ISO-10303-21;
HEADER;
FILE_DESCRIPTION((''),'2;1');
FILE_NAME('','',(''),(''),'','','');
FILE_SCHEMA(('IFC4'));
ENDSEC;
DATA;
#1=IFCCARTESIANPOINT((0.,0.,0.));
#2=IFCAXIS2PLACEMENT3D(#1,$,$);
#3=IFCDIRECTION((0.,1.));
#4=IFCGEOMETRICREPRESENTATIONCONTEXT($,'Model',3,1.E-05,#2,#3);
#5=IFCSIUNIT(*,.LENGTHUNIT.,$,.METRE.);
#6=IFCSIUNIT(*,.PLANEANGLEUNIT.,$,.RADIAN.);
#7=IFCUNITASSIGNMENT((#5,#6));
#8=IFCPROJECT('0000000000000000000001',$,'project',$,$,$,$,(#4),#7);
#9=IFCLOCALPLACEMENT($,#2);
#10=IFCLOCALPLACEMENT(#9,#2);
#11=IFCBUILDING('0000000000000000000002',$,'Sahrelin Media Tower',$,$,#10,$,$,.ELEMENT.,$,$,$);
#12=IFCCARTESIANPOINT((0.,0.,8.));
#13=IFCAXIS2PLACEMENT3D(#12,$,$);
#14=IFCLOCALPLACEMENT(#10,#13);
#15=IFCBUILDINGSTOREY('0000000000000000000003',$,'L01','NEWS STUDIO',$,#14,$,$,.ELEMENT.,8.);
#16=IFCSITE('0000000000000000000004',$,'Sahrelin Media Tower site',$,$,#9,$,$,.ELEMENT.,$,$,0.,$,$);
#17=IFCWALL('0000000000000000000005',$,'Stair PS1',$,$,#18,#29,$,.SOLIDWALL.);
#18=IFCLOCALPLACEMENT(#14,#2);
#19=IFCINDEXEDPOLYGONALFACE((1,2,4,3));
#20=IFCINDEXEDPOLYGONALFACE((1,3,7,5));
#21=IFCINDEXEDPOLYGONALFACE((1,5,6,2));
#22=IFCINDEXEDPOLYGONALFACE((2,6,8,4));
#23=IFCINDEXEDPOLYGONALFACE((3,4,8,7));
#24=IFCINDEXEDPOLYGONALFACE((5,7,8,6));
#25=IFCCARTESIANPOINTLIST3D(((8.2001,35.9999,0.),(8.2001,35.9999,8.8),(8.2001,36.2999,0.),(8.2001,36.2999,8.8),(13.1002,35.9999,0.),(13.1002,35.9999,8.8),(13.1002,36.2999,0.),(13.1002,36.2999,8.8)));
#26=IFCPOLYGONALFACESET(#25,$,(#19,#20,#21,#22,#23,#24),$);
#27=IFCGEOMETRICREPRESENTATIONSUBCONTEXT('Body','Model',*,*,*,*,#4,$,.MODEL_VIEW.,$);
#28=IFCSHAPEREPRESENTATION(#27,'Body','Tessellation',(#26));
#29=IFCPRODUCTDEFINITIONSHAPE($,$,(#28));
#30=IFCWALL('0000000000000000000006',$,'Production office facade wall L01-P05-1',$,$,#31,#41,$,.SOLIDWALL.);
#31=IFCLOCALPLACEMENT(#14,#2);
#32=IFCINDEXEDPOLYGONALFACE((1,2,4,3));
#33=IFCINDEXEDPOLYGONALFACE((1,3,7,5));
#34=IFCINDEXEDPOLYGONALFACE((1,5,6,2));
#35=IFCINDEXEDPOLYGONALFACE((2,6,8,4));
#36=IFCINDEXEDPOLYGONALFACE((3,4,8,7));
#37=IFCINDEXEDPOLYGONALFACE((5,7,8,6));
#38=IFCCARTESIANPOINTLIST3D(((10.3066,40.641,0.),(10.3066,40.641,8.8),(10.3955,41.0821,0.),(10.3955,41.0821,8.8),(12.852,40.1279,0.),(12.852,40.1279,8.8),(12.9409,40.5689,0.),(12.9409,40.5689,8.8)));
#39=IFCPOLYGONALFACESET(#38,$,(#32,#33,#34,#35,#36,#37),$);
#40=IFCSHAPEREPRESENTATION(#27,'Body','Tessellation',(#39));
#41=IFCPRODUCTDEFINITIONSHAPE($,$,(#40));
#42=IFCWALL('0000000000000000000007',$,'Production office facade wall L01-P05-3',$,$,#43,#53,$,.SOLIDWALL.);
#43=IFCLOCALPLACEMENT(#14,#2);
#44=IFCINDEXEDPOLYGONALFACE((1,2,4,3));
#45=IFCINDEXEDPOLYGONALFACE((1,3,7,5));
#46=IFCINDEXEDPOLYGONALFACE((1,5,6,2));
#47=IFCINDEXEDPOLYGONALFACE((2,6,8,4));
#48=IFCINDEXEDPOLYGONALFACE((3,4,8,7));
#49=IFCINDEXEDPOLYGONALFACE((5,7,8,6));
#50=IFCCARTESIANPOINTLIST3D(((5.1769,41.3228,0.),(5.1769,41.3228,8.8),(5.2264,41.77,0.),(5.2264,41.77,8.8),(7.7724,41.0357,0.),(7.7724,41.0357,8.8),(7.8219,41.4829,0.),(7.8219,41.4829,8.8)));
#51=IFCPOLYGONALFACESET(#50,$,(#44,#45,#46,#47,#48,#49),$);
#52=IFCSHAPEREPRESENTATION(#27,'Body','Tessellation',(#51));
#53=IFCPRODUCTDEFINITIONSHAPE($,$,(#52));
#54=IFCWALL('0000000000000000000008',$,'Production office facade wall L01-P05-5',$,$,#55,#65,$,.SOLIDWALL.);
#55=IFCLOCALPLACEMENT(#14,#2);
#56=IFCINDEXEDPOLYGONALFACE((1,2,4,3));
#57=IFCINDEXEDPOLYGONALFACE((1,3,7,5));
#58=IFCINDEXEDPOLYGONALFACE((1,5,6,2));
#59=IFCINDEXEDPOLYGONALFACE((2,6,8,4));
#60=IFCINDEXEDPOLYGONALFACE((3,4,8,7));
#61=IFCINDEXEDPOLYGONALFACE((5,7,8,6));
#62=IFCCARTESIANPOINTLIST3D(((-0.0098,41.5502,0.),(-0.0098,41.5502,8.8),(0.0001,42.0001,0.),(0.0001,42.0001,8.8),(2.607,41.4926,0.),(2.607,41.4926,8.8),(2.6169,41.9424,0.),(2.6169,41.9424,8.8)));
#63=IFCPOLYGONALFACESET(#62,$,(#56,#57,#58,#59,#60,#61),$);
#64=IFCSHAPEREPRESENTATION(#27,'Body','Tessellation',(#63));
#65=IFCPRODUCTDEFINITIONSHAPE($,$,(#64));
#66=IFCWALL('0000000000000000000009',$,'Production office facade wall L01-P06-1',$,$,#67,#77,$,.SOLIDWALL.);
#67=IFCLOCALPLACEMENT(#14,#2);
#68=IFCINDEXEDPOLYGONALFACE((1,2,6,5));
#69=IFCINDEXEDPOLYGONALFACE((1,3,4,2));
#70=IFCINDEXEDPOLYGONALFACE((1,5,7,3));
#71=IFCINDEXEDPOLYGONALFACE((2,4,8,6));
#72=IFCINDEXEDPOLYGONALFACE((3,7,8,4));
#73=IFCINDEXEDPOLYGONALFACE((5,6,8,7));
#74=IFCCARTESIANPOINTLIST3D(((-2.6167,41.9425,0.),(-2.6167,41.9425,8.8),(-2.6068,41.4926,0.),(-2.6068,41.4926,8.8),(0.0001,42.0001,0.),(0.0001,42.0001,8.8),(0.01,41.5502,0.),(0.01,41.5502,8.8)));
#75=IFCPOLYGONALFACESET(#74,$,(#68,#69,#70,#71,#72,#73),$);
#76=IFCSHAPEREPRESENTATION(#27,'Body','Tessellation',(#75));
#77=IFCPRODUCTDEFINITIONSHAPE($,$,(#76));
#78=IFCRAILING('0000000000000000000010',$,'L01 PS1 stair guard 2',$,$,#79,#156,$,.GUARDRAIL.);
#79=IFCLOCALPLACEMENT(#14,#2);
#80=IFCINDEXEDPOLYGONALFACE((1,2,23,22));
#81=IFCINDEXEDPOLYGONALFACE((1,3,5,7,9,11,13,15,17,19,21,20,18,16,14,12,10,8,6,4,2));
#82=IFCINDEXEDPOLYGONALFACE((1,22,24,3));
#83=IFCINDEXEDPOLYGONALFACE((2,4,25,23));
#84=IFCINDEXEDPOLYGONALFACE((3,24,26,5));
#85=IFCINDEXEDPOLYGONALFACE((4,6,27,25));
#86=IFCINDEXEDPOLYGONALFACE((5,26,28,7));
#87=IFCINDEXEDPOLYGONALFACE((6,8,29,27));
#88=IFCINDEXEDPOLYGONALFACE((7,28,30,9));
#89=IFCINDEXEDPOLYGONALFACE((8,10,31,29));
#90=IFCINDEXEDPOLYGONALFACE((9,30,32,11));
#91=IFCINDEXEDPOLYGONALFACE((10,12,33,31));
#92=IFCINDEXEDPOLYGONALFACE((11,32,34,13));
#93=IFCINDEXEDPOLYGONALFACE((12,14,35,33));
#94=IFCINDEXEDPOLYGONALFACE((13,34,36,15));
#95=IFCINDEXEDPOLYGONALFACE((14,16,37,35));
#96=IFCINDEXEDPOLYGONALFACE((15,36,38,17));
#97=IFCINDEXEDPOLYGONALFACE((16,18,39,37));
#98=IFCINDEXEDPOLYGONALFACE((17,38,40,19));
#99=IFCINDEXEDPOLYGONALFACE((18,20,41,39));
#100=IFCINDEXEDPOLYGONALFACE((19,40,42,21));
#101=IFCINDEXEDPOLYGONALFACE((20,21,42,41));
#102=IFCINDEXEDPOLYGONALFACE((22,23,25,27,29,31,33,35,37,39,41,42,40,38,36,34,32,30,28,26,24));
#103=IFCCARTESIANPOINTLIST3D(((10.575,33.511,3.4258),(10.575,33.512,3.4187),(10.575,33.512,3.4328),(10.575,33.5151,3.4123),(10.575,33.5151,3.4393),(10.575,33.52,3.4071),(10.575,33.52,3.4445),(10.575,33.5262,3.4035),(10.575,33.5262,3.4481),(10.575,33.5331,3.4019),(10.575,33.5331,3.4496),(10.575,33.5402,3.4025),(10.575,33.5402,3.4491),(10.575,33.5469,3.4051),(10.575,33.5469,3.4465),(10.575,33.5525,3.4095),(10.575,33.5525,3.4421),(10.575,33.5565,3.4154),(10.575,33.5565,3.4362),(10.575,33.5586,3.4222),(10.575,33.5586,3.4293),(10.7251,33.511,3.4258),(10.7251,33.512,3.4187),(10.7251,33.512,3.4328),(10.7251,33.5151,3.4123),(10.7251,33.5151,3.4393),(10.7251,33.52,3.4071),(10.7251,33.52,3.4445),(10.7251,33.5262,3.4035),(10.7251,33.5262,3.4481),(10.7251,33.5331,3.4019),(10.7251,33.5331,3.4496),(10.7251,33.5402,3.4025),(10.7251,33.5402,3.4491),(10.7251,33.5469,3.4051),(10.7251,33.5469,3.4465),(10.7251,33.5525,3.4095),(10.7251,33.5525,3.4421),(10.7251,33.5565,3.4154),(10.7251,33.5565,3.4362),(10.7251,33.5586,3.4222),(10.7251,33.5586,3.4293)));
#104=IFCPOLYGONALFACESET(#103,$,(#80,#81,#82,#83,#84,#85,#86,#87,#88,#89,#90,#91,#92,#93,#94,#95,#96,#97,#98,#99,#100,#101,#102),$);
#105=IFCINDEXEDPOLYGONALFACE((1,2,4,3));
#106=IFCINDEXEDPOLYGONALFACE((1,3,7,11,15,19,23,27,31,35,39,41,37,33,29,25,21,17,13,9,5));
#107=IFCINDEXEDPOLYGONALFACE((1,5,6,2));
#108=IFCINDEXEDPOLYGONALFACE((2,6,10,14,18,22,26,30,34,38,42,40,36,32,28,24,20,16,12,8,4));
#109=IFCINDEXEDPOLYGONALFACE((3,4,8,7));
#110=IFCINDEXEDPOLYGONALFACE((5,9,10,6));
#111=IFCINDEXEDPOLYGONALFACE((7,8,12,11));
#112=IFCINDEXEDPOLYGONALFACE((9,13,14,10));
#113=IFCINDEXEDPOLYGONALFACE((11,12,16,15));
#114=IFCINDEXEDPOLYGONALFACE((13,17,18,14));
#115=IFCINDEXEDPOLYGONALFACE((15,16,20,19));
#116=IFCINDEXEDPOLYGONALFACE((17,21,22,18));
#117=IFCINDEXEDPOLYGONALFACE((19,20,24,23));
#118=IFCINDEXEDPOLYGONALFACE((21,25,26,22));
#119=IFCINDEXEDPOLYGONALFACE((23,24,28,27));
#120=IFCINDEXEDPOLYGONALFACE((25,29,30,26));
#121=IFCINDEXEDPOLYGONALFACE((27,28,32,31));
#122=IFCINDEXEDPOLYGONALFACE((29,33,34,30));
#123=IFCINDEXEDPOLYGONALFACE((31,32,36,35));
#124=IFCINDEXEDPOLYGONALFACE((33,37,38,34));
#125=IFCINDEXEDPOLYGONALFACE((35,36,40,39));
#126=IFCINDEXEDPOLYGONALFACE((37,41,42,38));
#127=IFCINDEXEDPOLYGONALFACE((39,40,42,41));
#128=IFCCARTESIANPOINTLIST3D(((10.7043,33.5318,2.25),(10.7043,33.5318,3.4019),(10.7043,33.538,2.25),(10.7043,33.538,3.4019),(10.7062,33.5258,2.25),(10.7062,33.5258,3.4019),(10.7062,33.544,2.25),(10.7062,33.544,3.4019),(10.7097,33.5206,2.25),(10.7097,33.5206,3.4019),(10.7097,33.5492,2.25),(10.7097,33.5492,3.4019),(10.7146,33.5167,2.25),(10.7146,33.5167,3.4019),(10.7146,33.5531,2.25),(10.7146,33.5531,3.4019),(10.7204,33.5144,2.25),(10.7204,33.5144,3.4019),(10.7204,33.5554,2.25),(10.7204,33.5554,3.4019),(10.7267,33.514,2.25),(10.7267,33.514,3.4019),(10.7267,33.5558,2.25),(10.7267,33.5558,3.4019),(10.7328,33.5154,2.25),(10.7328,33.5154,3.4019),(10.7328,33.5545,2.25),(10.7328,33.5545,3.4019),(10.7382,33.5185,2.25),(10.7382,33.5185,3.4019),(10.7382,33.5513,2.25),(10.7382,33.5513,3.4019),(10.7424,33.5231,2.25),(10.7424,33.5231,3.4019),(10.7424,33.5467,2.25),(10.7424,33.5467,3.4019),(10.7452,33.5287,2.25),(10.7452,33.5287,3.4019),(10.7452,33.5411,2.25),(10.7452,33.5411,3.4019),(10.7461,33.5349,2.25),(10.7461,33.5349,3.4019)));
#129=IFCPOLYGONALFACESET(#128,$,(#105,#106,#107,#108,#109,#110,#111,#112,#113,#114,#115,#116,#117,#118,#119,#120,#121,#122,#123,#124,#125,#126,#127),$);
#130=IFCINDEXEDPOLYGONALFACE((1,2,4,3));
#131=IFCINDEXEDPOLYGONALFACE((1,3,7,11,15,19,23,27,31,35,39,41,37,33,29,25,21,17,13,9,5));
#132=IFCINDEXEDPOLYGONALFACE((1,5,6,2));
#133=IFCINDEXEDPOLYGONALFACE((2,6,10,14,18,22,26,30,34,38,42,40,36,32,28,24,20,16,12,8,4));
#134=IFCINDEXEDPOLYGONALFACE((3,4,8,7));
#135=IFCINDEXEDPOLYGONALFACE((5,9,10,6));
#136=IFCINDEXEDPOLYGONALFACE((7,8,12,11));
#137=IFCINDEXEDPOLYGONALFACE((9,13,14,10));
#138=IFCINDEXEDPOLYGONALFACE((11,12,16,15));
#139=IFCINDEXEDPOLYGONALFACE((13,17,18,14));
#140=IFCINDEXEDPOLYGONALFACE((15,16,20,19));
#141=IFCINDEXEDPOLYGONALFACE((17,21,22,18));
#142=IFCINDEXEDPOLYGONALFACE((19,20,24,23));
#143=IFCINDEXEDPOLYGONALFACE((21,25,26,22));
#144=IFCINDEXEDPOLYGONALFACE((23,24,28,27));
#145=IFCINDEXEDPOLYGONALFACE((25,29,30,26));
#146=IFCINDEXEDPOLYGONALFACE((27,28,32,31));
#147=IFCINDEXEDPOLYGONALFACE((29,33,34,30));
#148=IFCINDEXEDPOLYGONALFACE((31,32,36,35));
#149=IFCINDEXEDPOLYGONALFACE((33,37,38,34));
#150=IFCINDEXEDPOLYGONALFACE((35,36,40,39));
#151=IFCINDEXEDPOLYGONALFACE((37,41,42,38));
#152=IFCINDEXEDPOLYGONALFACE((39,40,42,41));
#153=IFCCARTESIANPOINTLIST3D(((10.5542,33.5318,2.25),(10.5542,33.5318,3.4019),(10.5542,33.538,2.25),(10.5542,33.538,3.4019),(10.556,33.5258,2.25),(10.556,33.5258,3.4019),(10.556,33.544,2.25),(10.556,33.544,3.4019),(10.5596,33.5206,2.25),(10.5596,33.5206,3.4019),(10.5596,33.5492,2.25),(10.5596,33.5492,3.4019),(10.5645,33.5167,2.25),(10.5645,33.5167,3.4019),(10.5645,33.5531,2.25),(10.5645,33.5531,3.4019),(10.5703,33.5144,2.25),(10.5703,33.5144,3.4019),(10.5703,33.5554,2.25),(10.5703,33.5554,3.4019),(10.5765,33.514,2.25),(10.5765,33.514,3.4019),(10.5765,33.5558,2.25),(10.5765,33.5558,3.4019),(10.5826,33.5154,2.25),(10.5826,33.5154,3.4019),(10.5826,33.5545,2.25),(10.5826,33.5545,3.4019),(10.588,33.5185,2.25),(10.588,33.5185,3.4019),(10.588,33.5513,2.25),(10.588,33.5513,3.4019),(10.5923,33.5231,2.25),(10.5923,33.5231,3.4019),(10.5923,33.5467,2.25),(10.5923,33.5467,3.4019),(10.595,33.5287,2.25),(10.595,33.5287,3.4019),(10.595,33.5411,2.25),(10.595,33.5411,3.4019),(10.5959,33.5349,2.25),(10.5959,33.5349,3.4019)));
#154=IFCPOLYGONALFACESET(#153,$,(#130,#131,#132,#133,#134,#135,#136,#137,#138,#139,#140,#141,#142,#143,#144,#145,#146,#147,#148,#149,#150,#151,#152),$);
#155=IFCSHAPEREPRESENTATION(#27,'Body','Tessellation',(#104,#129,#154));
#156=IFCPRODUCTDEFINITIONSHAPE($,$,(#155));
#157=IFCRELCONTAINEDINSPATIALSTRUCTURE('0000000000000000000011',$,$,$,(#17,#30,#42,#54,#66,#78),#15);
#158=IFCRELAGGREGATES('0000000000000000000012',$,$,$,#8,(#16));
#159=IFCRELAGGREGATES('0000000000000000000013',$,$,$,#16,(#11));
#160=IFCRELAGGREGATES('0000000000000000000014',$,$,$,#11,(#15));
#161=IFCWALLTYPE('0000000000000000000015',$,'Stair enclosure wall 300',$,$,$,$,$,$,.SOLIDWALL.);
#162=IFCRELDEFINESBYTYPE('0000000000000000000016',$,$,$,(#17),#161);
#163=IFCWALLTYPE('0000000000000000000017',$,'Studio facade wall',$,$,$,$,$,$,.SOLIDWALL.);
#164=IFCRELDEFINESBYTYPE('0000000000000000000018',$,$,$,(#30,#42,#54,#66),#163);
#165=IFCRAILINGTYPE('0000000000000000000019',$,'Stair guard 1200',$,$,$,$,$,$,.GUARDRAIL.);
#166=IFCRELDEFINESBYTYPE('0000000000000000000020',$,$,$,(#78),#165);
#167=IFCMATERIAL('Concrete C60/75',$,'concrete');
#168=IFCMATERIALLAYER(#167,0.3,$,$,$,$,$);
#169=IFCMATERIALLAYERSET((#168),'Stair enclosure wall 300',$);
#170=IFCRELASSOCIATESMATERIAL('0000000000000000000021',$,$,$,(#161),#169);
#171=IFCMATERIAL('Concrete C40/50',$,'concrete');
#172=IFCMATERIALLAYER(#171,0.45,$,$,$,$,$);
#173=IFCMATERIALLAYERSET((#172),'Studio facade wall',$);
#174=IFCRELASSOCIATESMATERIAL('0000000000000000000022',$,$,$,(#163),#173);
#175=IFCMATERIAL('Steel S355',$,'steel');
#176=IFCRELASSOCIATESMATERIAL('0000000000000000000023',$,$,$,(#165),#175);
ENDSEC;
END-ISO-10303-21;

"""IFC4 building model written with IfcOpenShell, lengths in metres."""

from ifc_helpers import new_model, si_unit, direction, frame, frame_2d, origin, origin_2d, place, context, subcontext, project, spatial, rectangle, circle, extrude, material, layer, layer_set, type_object, element, save


model = new_model("IFC4")

# Units and contexts
model_context = context("Model", 3, precision=1e-05, world=origin(), true_north=direction((0.0, 1.0)))
body_context = subcontext(model_context, "Body", "Model", "MODEL_VIEW")
ifc_project = project(units=[si_unit("LENGTHUNIT", "METRE"), si_unit("PLANEANGLEUNIT", "RADIAN")], contexts=[model_context])

# Site, building, storey
site_placement = place(None, origin())
site = spatial("IfcSite", under=ifc_project, at=site_placement, Name="Sahrelin Media Tower site", CompositionType="ELEMENT", RefElevation=0.0)
building_placement = place(site_placement, origin())
building = spatial("IfcBuilding", under=site, at=building_placement, Name="Sahrelin Media Tower", CompositionType="ELEMENT")
storey_placement = place(building_placement, frame((0.0, 0.0, 8.0)))
storey = spatial("IfcBuildingStorey", under=building, at=storey_placement, Name="L01", Description="NEWS STUDIO", CompositionType="ELEMENT", Elevation=8.0)

# Shared definitions
ifc_material_1 = material(Name="Steel S355", Category="steel")

# Walls
ifc_material_2 = material(Name="Concrete C60/75", Category="concrete")
ifc_layer_1 = layer(ifc_material_2, 0.3)
ifc_layer_set_1 = layer_set([ifc_layer_1], Name="Stair enclosure wall 300")
wall_type_1 = type_object("IfcWallType", Name="Stair enclosure wall 300", PredefinedType="SOLIDWALL", material=ifc_layer_set_1)
wall_1_placement = place(storey_placement, frame((8.2, 36.1499, 0.0), z_axis=(0.0, 0.0, 1.0), x_axis=(1.0, 0.0, 0.0)))
element("IfcWall", 1, at=wall_1_placement, inside=storey, type_object=wall_type_1, Name="Stair PS1", PredefinedType="SOLIDWALL", context=body_context, shape_type="SweptSolid", body=[
    extrude(rectangle(XDim=4.9001, YDim=0.3, at=frame_2d((2.4502, 0.0))), origin(), (0.0, 0.0, 1.0), 8.8),
])
ifc_material_3 = material(Name="Concrete C40/50", Category="concrete")
ifc_layer_2 = layer(ifc_material_3, 0.45)
ifc_layer_set_2 = layer_set([ifc_layer_2], Name="Studio facade wall")
wall_type_2 = type_object("IfcWallType", Name="Studio facade wall", PredefinedType="SOLIDWALL", material=ifc_layer_set_2)
wall_2_placement = place(storey_placement, frame((12.8965, 40.3484, 0.0), z_axis=(0.0, 0.0, 1.0), x_axis=(-0.980276, 0.197635, 0.0)))
element("IfcWall", 2, at=wall_2_placement, inside=storey, type_object=wall_type_2, Name="Production office facade wall L01-P05-1", PredefinedType="SOLIDWALL", context=body_context, shape_type="SweptSolid", body=[
    extrude(rectangle(XDim=2.5967, YDim=0.45, at=frame_2d((1.2983, 0.0))), origin(), (0.0, 0.0, 1.0), 8.8),
])

# Wall
wall_3_placement = place(storey_placement, frame((7.7971, 41.2593, 0.0), z_axis=(0.0, 0.0, 1.0), x_axis=(-0.993937, 0.109949, 0.0)))
element("IfcWall", 3, at=wall_3_placement, inside=storey, type_object=wall_type_2, Name="Production office facade wall L01-P05-3", PredefinedType="SOLIDWALL", context=body_context, shape_type="SweptSolid", body=[
    extrude(rectangle(XDim=2.6113, YDim=0.45, at=frame_2d((1.3057, 0.0))), origin(), (0.0, 0.0, 1.0), 8.8),
])

# Walls
for number, where, z_axis, x_axis, name in (
    (4, (2.6118, 41.7175, 0.0), (0.0, 0.0, 1.0), (-0.999758, 0.022014, 0.0), "Production office facade wall L01-P05-5"),
    (5, (0.0049, 41.7751, 0.0), (0.0, 0.0, 1.0), (-0.999758, -0.022014, 0.0), "Production office facade wall L01-P06-1"),
):
    element("IfcWall", number, at=place(storey_placement, frame(where, z_axis=z_axis, x_axis=x_axis)), inside=storey, type_object=wall_type_2, Name=name, PredefinedType="SOLIDWALL", context=body_context, shape_type="SweptSolid", body=[
        extrude(rectangle(XDim=2.6174, YDim=0.45, at=frame_2d((1.3086, 0.0))), origin(), (0.0, 0.0, 1.0), 8.8),
    ])

# Railing
railing_type = type_object("IfcRailingType", Name="Stair guard 1200", PredefinedType="GUARDRAIL", material=ifc_material_1)
railing_1_placement = place(storey_placement, frame((10.7251, 33.5349, 2.25)))
element("IfcRailing", 6, at=railing_1_placement, inside=storey, type_object=railing_type, Name="L01 PS1 stair guard 2", PredefinedType="GUARDRAIL", context=body_context, shape_type="SweptSolid", body=[
    extrude(circle(Radius=0.0239, at=origin_2d()), frame((0.0, 0.0, 1.1758), z_axis=(-1.0, 0.0, 0.0), x_axis=(0.0, -1.0, 0.0)), (0.0, 0.0, 1.0), 0.1501),
    extrude(circle(Radius=0.021, at=origin_2d()), origin(), (0.0, 0.0, 1.0), 1.1519),
    extrude(circle(Radius=0.021, at=origin_2d()), frame((-0.1501, 0.0, 0.0)), (0.0, 0.0, 1.0), 1.1519),
])

save(model, "model.ifc")
